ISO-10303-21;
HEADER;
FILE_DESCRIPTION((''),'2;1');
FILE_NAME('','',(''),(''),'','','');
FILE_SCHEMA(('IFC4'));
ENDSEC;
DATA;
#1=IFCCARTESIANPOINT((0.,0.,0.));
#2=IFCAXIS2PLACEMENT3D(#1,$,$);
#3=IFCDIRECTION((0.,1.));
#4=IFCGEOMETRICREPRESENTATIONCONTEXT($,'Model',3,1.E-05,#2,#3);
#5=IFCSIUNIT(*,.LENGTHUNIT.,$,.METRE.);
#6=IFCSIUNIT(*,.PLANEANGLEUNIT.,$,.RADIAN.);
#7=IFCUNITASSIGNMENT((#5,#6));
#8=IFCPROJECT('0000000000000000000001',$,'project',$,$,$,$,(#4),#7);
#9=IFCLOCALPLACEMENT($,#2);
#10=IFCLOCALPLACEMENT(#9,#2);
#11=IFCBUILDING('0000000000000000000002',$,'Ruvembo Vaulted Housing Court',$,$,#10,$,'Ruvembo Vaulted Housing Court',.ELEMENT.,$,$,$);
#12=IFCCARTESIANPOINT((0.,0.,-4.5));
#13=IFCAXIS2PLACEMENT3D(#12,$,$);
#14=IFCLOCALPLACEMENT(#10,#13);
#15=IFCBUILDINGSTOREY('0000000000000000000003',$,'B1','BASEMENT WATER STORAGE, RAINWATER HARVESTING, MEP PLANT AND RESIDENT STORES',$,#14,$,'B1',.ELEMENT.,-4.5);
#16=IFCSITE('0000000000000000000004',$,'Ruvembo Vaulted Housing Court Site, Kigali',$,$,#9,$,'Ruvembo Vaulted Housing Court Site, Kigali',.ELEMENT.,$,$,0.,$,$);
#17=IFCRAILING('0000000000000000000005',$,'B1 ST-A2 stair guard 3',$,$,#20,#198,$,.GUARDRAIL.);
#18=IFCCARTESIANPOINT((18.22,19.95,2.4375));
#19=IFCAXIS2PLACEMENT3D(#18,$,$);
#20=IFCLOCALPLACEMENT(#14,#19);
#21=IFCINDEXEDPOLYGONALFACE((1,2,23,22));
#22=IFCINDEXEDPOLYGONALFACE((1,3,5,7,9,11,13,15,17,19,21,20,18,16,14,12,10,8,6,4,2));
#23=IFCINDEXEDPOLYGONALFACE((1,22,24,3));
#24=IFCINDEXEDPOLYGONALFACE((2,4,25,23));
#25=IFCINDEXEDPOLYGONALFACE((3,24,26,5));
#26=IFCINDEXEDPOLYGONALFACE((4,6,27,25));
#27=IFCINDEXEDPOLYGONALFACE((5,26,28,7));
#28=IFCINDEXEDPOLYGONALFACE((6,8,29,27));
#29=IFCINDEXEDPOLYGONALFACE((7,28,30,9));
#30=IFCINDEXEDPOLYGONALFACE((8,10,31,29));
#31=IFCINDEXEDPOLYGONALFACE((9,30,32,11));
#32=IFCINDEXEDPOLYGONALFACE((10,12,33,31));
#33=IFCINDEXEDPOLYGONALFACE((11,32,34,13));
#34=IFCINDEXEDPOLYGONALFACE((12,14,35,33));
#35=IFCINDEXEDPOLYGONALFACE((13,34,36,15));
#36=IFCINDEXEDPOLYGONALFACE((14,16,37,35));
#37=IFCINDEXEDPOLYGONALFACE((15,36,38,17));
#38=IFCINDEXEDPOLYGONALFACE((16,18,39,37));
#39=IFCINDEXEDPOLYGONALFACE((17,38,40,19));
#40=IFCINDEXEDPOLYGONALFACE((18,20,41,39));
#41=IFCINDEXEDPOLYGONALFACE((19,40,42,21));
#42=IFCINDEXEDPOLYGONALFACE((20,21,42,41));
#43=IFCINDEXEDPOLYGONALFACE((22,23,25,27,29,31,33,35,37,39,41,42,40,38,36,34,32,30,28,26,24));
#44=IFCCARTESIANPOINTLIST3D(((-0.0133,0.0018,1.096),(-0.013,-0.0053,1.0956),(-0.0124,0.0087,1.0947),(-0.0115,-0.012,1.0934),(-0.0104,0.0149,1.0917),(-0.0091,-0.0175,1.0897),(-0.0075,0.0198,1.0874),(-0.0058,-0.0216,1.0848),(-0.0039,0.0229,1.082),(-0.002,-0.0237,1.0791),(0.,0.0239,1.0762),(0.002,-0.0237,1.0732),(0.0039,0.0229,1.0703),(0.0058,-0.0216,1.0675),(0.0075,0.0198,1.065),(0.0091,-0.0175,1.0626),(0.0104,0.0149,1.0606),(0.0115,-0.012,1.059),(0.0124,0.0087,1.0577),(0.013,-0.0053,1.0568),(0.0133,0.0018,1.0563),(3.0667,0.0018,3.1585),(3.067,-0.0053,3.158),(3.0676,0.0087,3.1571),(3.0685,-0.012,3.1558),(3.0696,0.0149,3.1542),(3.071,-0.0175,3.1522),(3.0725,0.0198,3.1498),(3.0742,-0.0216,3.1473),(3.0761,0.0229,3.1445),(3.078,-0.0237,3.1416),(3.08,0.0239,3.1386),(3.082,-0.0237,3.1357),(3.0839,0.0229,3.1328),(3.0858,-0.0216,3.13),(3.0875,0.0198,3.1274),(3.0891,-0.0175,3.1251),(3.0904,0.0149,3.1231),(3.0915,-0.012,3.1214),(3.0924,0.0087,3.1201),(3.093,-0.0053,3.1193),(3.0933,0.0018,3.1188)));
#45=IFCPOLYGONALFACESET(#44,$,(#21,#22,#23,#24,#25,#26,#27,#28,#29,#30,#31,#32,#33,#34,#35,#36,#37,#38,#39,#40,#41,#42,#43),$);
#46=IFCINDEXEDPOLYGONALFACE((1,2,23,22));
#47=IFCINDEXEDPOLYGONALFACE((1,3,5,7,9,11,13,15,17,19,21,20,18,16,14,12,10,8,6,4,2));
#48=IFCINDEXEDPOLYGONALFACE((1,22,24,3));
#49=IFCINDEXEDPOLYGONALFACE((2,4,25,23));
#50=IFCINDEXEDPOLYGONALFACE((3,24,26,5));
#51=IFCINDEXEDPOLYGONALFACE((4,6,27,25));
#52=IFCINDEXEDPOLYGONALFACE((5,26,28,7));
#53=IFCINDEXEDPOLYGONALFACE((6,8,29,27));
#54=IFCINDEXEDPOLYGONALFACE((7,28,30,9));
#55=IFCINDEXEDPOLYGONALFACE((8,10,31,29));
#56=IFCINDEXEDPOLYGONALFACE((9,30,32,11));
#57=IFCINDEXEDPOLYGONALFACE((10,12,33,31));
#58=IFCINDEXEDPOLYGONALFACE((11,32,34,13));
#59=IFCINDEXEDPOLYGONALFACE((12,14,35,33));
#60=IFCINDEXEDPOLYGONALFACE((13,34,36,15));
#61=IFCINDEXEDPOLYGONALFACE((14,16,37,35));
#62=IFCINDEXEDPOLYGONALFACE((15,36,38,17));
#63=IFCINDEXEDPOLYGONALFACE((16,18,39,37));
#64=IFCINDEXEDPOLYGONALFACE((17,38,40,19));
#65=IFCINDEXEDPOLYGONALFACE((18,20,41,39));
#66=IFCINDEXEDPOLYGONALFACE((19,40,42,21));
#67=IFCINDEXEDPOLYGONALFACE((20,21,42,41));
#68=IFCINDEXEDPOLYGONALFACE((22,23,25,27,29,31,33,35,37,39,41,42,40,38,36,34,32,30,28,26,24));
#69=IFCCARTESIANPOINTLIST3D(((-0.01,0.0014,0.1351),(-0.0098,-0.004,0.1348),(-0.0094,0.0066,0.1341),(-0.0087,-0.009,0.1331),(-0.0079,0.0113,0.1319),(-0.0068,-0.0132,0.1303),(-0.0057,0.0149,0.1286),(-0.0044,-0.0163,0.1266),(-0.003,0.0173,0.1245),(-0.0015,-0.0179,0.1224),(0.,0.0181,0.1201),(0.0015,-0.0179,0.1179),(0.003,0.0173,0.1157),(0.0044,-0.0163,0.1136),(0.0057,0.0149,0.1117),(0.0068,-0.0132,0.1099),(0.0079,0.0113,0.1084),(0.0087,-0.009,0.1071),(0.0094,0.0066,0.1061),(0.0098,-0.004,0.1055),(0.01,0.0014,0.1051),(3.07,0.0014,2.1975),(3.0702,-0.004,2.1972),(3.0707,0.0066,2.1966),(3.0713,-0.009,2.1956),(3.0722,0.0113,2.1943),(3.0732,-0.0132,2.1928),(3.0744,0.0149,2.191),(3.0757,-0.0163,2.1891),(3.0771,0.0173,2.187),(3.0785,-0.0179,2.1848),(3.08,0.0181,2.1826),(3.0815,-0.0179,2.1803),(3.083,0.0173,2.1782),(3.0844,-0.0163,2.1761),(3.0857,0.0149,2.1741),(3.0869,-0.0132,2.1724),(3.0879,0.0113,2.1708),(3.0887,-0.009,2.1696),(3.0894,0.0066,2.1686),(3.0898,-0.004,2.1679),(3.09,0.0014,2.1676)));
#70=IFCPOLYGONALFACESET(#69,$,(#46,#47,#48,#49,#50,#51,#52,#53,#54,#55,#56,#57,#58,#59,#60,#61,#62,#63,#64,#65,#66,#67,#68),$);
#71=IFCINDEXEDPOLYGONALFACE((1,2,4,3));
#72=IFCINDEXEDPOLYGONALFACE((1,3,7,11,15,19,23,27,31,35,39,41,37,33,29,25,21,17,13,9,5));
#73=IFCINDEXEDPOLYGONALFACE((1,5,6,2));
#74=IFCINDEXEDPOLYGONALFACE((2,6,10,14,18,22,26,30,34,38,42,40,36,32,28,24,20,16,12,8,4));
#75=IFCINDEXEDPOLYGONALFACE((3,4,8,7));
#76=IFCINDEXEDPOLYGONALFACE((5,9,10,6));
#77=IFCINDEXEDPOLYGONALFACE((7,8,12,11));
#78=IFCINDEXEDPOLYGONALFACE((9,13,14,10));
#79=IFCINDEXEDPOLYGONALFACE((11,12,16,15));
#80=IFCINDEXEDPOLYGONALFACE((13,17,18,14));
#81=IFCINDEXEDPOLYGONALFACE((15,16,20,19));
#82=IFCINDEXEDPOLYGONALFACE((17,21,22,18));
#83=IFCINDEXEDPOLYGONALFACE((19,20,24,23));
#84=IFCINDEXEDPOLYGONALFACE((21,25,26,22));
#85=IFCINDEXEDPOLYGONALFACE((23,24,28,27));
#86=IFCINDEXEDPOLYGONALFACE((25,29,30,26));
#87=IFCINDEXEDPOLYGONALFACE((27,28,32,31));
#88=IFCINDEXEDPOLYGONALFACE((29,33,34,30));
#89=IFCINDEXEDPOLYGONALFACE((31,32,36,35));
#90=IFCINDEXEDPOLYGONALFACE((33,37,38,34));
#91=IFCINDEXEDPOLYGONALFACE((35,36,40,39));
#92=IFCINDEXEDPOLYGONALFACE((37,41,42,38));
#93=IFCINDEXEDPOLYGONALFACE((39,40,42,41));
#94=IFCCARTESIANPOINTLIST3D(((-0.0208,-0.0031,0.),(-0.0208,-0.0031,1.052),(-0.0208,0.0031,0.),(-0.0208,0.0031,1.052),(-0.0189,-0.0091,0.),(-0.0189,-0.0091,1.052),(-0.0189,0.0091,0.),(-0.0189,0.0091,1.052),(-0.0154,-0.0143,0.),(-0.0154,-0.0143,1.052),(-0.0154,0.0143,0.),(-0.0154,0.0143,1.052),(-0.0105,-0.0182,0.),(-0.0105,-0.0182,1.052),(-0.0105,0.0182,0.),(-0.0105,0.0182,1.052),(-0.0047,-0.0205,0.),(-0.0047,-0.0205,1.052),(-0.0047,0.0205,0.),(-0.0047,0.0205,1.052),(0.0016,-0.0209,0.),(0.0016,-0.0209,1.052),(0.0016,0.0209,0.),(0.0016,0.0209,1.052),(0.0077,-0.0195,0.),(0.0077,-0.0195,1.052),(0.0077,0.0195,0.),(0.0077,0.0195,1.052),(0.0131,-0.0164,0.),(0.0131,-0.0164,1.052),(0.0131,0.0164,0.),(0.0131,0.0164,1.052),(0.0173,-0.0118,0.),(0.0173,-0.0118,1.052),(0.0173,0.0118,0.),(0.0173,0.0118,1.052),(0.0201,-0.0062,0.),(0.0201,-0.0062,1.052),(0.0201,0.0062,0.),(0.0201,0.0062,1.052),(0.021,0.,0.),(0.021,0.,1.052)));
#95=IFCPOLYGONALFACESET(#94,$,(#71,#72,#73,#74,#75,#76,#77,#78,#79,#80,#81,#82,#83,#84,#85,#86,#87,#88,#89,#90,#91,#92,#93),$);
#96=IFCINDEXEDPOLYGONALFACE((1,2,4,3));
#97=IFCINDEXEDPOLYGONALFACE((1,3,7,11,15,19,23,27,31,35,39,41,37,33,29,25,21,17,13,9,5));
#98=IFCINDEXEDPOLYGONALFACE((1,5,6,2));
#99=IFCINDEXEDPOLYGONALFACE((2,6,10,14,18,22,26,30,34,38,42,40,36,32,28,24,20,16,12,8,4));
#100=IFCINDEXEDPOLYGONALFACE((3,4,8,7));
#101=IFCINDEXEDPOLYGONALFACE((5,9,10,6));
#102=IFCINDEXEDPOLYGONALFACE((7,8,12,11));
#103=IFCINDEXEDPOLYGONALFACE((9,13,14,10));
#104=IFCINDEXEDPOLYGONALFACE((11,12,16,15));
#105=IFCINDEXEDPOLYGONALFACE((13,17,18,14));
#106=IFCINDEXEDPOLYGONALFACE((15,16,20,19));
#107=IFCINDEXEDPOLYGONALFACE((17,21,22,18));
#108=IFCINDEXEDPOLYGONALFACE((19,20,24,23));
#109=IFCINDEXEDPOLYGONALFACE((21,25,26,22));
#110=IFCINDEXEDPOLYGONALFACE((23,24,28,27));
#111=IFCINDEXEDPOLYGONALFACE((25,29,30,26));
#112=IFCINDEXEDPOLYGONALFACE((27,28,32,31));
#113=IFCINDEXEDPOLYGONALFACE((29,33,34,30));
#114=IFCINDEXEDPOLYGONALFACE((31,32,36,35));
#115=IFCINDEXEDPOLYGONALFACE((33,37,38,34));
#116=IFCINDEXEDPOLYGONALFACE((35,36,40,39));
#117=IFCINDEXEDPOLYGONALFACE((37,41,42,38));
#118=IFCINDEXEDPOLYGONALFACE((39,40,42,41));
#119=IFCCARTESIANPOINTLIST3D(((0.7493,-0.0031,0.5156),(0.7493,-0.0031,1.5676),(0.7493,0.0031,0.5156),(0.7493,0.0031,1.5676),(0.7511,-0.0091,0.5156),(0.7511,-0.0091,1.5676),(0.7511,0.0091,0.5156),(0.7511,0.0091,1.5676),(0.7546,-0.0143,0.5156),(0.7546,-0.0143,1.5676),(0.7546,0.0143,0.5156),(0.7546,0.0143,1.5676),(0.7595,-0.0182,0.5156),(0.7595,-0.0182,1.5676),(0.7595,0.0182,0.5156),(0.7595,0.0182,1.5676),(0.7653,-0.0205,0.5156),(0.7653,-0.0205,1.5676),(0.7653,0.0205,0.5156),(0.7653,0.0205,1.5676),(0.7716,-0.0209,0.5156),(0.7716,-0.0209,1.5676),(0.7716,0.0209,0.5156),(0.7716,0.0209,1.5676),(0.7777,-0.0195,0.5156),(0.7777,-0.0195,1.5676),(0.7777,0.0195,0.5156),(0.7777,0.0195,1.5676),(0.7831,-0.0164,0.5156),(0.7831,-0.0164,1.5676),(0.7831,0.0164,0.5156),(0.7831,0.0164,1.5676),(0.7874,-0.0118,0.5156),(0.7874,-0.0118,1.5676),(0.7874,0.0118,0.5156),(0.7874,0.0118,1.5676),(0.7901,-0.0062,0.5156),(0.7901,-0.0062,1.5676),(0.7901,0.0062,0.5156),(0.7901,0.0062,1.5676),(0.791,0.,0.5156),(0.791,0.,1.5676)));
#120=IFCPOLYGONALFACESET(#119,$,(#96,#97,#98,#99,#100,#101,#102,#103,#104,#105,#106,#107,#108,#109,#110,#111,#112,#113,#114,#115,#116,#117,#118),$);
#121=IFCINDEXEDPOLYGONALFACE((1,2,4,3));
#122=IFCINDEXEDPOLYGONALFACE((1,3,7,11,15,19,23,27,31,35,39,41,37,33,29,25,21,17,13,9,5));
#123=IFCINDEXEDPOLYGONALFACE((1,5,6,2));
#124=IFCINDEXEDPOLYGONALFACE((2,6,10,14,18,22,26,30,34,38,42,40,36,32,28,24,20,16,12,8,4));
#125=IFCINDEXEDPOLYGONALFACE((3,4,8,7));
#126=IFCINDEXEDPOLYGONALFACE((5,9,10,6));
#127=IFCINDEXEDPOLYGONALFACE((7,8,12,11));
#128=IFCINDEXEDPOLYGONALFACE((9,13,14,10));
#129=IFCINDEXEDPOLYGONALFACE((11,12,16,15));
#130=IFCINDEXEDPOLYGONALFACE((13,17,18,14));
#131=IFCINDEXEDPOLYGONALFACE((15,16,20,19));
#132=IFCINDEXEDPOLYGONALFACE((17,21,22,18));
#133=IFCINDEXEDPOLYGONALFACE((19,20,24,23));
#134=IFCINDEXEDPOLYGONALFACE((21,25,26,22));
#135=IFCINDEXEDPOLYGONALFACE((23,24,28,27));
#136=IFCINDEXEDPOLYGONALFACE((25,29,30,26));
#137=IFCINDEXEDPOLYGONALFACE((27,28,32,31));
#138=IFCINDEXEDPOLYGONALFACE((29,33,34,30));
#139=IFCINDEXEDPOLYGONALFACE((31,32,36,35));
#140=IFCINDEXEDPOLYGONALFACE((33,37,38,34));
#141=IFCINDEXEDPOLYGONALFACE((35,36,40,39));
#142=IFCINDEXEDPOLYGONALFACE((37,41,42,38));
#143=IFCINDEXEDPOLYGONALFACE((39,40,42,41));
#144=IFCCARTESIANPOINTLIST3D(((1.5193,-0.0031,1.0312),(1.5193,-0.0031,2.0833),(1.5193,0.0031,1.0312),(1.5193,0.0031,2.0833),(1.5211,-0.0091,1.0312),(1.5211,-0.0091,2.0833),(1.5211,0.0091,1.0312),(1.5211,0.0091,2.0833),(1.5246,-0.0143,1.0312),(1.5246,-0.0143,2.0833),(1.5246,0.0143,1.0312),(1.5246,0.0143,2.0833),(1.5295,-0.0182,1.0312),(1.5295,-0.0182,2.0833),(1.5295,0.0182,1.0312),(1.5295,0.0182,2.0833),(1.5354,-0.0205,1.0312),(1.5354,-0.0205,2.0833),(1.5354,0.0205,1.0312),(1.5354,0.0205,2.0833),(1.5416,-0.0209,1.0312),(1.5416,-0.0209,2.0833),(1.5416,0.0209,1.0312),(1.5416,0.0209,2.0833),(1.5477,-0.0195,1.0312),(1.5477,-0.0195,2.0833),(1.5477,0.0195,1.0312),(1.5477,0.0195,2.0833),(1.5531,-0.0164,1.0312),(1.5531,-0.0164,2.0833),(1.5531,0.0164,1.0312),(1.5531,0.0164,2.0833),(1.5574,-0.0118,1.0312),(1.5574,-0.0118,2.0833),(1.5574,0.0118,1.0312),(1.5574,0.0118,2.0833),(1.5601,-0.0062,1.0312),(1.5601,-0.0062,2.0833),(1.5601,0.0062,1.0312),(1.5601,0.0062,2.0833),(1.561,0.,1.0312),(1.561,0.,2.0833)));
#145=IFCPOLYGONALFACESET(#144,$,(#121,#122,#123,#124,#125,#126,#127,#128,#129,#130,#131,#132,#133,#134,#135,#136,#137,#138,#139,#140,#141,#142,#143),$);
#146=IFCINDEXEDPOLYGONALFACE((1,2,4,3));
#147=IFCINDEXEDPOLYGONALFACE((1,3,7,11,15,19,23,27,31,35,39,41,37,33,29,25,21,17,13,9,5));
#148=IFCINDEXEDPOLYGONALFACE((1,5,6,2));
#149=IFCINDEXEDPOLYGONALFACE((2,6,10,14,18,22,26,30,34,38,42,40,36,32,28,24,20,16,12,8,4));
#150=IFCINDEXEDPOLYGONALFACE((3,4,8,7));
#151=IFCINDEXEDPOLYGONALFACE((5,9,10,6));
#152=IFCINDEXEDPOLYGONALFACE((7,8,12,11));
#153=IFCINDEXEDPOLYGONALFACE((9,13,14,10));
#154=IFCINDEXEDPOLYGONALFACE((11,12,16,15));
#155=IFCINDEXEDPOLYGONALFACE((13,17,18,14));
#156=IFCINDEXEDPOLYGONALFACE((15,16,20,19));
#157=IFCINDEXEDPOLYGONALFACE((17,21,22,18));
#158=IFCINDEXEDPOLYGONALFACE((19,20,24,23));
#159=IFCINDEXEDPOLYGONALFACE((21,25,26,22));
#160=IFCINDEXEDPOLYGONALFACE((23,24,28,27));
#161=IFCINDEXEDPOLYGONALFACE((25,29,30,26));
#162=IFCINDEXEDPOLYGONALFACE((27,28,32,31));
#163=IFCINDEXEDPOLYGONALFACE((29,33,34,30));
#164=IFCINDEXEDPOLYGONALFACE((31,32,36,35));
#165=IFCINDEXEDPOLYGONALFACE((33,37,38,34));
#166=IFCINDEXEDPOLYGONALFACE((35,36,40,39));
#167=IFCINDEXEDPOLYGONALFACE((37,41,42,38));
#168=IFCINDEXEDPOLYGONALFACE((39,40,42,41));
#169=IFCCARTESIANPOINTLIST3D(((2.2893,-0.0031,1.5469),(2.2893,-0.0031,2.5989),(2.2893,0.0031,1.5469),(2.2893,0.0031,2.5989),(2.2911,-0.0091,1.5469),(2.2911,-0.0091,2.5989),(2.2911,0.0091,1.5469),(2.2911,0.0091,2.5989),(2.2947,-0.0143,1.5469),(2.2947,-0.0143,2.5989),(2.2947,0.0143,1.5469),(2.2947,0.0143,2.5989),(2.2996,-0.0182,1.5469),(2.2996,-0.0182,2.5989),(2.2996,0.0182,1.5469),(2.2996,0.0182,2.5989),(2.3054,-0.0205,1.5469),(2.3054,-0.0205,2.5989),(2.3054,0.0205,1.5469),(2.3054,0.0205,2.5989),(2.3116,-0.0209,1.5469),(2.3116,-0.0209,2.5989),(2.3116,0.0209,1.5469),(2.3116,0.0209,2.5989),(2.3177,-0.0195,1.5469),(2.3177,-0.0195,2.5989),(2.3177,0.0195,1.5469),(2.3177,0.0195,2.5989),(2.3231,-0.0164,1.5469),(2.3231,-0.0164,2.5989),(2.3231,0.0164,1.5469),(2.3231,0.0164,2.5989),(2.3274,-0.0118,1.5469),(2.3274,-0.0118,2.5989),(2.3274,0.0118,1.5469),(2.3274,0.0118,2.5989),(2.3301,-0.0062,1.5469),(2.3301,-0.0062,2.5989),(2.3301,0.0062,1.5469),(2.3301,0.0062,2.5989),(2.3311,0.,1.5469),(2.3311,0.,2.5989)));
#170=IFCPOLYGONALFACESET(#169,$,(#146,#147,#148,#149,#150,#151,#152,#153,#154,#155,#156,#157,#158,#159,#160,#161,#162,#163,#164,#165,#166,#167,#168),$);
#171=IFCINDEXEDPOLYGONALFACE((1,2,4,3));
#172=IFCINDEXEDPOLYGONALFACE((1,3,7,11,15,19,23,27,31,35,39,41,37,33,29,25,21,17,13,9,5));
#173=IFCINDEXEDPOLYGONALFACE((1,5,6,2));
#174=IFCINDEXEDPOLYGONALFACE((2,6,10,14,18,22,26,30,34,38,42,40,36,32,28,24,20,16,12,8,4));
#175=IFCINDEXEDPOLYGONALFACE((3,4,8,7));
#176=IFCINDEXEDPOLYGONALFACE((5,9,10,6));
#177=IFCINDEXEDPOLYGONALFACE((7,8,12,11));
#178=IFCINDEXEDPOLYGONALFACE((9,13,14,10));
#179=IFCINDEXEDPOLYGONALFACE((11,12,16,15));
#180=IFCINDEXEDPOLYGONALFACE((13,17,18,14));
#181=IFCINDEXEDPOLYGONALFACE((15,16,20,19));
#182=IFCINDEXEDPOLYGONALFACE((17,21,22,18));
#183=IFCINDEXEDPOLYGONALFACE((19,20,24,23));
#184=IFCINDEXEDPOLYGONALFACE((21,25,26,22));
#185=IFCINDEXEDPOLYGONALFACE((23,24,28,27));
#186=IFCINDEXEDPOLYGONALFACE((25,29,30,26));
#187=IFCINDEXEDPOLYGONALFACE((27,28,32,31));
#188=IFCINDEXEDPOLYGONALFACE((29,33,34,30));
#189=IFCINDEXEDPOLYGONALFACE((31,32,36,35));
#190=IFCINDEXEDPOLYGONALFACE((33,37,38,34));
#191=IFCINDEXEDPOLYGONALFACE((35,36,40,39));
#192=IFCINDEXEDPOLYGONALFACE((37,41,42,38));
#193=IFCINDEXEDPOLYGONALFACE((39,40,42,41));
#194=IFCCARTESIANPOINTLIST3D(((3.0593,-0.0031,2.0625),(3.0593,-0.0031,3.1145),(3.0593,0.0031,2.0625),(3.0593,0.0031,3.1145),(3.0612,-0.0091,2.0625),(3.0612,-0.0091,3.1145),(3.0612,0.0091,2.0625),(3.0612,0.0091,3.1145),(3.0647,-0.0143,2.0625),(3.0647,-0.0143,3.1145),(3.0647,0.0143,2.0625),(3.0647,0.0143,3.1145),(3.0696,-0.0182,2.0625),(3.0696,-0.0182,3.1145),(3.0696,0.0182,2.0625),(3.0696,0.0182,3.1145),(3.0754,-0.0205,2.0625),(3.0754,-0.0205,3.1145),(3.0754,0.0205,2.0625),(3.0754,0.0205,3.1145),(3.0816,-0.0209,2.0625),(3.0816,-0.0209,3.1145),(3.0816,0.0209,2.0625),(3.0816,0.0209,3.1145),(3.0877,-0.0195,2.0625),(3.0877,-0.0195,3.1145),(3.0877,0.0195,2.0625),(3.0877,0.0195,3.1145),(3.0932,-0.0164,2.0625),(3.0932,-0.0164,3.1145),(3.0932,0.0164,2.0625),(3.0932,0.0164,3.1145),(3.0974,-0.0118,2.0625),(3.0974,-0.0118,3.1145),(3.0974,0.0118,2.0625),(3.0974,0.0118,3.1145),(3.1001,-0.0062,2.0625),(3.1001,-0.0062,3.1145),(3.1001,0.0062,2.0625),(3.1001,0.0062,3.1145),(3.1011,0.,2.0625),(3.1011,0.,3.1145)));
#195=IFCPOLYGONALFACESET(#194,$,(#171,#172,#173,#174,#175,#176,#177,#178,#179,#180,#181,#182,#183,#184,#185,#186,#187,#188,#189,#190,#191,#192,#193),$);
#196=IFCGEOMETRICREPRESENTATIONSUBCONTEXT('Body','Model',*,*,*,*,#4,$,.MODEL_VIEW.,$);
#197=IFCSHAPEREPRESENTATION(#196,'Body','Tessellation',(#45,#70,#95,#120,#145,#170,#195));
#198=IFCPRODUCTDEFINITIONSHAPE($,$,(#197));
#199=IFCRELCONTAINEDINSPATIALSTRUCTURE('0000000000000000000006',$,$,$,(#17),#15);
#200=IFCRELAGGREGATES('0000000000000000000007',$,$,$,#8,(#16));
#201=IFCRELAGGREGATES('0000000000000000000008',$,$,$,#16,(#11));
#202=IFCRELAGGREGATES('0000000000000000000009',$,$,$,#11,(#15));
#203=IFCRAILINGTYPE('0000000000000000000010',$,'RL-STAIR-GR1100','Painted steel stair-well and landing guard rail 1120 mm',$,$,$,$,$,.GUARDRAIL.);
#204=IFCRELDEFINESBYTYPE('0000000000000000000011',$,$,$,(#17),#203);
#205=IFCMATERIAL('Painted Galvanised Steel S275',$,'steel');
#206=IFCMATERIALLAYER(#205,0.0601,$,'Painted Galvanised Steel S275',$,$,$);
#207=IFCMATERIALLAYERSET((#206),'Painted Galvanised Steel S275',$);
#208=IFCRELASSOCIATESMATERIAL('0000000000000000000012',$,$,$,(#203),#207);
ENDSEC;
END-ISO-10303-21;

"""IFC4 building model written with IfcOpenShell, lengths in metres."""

from ifc_helpers import new_model, si_unit, direction, frame, origin, origin_2d, place, context, subcontext, project, spatial, circle, extrude, material, layer, layer_set, type_object, element, save


model = new_model("IFC4")

# Units and contexts
model_context = context("Model", 3, precision=1e-05, world=origin(), true_north=direction((0.0, 1.0)))
body_context = subcontext(model_context, "Body", "Model", "MODEL_VIEW")
ifc_project = project(units=[si_unit("LENGTHUNIT", "METRE"), si_unit("PLANEANGLEUNIT", "RADIAN")], contexts=[model_context])

# Site, building, storey
site_placement = place(None, origin())
site = spatial("IfcSite", under=ifc_project, at=site_placement, Name="Ruvembo Vaulted Housing Court Site, Kigali", LongName="Ruvembo Vaulted Housing Court Site, Kigali", CompositionType="ELEMENT", RefElevation=0.0)
building_placement = place(site_placement, origin())
building = spatial("IfcBuilding", under=site, at=building_placement, Name="Ruvembo Vaulted Housing Court", LongName="Ruvembo Vaulted Housing Court", CompositionType="ELEMENT")
storey_placement = place(building_placement, frame((0.0, 0.0, -4.5)))
storey = spatial("IfcBuildingStorey", under=building, at=storey_placement, Name="B1", Description="BASEMENT WATER STORAGE, RAINWATER HARVESTING, MEP PLANT AND RESIDENT STORES", LongName="B1", CompositionType="ELEMENT", Elevation=-4.5)

# Railing
ifc_material_1 = material(Name="Painted Galvanised Steel S275", Category="steel")
ifc_layer_1 = layer(ifc_material_1, 0.0601, Name="Painted Galvanised Steel S275")
ifc_layer_set_1 = layer_set([ifc_layer_1], Name="Painted Galvanised Steel S275")
railing_type_1 = type_object("IfcRailingType", Name="RL-STAIR-GR1100", Description="Painted steel stair-well and landing guard rail 1120 mm", PredefinedType="GUARDRAIL", material=ifc_layer_set_1)
railing_1_placement = place(storey_placement, frame((18.22, 19.95, 2.4375)))
element("IfcRailing", 1, at=railing_1_placement, inside=storey, type_object=railing_type_1, Name="B1 ST-A2 stair guard 3", PredefinedType="GUARDRAIL", context=body_context, shape_type="SweptSolid", body=[
    extrude(circle(Radius=0.0239, at=origin_2d()), frame((0.0, 0.0, 1.0762), z_axis=(0.830914, 0.0, 0.556401), x_axis=(0.0, 1.0, 0.0)), (0.0, 0.0, 1.0), 3.7068),
    extrude(circle(Radius=0.0181, at=origin_2d()), frame((0.0, 0.0, 0.1201), z_axis=(0.830914, 0.0, 0.556401), x_axis=(0.0, 1.0, 0.0)), (0.0, 0.0, 1.0), 3.7068),
    extrude(circle(Radius=0.021, at=origin_2d()), origin(), (0.0, 0.0, 1.0), 1.052),
    extrude(circle(Radius=0.021, at=origin_2d()), frame((0.77, 0.0, 0.5156)), (0.0, 0.0, 1.0), 1.052),
    extrude(circle(Radius=0.021, at=origin_2d()), frame((1.54, 0.0, 1.0312)), (0.0, 0.0, 1.0), 1.052),
    extrude(circle(Radius=0.021, at=origin_2d()), frame((2.3101, 0.0, 1.5469)), (0.0, 0.0, 1.0), 1.052),
    extrude(circle(Radius=0.021, at=origin_2d()), frame((3.0801, 0.0, 2.0625)), (0.0, 0.0, 1.0), 1.052),
])

save(model, "model.ifc")
